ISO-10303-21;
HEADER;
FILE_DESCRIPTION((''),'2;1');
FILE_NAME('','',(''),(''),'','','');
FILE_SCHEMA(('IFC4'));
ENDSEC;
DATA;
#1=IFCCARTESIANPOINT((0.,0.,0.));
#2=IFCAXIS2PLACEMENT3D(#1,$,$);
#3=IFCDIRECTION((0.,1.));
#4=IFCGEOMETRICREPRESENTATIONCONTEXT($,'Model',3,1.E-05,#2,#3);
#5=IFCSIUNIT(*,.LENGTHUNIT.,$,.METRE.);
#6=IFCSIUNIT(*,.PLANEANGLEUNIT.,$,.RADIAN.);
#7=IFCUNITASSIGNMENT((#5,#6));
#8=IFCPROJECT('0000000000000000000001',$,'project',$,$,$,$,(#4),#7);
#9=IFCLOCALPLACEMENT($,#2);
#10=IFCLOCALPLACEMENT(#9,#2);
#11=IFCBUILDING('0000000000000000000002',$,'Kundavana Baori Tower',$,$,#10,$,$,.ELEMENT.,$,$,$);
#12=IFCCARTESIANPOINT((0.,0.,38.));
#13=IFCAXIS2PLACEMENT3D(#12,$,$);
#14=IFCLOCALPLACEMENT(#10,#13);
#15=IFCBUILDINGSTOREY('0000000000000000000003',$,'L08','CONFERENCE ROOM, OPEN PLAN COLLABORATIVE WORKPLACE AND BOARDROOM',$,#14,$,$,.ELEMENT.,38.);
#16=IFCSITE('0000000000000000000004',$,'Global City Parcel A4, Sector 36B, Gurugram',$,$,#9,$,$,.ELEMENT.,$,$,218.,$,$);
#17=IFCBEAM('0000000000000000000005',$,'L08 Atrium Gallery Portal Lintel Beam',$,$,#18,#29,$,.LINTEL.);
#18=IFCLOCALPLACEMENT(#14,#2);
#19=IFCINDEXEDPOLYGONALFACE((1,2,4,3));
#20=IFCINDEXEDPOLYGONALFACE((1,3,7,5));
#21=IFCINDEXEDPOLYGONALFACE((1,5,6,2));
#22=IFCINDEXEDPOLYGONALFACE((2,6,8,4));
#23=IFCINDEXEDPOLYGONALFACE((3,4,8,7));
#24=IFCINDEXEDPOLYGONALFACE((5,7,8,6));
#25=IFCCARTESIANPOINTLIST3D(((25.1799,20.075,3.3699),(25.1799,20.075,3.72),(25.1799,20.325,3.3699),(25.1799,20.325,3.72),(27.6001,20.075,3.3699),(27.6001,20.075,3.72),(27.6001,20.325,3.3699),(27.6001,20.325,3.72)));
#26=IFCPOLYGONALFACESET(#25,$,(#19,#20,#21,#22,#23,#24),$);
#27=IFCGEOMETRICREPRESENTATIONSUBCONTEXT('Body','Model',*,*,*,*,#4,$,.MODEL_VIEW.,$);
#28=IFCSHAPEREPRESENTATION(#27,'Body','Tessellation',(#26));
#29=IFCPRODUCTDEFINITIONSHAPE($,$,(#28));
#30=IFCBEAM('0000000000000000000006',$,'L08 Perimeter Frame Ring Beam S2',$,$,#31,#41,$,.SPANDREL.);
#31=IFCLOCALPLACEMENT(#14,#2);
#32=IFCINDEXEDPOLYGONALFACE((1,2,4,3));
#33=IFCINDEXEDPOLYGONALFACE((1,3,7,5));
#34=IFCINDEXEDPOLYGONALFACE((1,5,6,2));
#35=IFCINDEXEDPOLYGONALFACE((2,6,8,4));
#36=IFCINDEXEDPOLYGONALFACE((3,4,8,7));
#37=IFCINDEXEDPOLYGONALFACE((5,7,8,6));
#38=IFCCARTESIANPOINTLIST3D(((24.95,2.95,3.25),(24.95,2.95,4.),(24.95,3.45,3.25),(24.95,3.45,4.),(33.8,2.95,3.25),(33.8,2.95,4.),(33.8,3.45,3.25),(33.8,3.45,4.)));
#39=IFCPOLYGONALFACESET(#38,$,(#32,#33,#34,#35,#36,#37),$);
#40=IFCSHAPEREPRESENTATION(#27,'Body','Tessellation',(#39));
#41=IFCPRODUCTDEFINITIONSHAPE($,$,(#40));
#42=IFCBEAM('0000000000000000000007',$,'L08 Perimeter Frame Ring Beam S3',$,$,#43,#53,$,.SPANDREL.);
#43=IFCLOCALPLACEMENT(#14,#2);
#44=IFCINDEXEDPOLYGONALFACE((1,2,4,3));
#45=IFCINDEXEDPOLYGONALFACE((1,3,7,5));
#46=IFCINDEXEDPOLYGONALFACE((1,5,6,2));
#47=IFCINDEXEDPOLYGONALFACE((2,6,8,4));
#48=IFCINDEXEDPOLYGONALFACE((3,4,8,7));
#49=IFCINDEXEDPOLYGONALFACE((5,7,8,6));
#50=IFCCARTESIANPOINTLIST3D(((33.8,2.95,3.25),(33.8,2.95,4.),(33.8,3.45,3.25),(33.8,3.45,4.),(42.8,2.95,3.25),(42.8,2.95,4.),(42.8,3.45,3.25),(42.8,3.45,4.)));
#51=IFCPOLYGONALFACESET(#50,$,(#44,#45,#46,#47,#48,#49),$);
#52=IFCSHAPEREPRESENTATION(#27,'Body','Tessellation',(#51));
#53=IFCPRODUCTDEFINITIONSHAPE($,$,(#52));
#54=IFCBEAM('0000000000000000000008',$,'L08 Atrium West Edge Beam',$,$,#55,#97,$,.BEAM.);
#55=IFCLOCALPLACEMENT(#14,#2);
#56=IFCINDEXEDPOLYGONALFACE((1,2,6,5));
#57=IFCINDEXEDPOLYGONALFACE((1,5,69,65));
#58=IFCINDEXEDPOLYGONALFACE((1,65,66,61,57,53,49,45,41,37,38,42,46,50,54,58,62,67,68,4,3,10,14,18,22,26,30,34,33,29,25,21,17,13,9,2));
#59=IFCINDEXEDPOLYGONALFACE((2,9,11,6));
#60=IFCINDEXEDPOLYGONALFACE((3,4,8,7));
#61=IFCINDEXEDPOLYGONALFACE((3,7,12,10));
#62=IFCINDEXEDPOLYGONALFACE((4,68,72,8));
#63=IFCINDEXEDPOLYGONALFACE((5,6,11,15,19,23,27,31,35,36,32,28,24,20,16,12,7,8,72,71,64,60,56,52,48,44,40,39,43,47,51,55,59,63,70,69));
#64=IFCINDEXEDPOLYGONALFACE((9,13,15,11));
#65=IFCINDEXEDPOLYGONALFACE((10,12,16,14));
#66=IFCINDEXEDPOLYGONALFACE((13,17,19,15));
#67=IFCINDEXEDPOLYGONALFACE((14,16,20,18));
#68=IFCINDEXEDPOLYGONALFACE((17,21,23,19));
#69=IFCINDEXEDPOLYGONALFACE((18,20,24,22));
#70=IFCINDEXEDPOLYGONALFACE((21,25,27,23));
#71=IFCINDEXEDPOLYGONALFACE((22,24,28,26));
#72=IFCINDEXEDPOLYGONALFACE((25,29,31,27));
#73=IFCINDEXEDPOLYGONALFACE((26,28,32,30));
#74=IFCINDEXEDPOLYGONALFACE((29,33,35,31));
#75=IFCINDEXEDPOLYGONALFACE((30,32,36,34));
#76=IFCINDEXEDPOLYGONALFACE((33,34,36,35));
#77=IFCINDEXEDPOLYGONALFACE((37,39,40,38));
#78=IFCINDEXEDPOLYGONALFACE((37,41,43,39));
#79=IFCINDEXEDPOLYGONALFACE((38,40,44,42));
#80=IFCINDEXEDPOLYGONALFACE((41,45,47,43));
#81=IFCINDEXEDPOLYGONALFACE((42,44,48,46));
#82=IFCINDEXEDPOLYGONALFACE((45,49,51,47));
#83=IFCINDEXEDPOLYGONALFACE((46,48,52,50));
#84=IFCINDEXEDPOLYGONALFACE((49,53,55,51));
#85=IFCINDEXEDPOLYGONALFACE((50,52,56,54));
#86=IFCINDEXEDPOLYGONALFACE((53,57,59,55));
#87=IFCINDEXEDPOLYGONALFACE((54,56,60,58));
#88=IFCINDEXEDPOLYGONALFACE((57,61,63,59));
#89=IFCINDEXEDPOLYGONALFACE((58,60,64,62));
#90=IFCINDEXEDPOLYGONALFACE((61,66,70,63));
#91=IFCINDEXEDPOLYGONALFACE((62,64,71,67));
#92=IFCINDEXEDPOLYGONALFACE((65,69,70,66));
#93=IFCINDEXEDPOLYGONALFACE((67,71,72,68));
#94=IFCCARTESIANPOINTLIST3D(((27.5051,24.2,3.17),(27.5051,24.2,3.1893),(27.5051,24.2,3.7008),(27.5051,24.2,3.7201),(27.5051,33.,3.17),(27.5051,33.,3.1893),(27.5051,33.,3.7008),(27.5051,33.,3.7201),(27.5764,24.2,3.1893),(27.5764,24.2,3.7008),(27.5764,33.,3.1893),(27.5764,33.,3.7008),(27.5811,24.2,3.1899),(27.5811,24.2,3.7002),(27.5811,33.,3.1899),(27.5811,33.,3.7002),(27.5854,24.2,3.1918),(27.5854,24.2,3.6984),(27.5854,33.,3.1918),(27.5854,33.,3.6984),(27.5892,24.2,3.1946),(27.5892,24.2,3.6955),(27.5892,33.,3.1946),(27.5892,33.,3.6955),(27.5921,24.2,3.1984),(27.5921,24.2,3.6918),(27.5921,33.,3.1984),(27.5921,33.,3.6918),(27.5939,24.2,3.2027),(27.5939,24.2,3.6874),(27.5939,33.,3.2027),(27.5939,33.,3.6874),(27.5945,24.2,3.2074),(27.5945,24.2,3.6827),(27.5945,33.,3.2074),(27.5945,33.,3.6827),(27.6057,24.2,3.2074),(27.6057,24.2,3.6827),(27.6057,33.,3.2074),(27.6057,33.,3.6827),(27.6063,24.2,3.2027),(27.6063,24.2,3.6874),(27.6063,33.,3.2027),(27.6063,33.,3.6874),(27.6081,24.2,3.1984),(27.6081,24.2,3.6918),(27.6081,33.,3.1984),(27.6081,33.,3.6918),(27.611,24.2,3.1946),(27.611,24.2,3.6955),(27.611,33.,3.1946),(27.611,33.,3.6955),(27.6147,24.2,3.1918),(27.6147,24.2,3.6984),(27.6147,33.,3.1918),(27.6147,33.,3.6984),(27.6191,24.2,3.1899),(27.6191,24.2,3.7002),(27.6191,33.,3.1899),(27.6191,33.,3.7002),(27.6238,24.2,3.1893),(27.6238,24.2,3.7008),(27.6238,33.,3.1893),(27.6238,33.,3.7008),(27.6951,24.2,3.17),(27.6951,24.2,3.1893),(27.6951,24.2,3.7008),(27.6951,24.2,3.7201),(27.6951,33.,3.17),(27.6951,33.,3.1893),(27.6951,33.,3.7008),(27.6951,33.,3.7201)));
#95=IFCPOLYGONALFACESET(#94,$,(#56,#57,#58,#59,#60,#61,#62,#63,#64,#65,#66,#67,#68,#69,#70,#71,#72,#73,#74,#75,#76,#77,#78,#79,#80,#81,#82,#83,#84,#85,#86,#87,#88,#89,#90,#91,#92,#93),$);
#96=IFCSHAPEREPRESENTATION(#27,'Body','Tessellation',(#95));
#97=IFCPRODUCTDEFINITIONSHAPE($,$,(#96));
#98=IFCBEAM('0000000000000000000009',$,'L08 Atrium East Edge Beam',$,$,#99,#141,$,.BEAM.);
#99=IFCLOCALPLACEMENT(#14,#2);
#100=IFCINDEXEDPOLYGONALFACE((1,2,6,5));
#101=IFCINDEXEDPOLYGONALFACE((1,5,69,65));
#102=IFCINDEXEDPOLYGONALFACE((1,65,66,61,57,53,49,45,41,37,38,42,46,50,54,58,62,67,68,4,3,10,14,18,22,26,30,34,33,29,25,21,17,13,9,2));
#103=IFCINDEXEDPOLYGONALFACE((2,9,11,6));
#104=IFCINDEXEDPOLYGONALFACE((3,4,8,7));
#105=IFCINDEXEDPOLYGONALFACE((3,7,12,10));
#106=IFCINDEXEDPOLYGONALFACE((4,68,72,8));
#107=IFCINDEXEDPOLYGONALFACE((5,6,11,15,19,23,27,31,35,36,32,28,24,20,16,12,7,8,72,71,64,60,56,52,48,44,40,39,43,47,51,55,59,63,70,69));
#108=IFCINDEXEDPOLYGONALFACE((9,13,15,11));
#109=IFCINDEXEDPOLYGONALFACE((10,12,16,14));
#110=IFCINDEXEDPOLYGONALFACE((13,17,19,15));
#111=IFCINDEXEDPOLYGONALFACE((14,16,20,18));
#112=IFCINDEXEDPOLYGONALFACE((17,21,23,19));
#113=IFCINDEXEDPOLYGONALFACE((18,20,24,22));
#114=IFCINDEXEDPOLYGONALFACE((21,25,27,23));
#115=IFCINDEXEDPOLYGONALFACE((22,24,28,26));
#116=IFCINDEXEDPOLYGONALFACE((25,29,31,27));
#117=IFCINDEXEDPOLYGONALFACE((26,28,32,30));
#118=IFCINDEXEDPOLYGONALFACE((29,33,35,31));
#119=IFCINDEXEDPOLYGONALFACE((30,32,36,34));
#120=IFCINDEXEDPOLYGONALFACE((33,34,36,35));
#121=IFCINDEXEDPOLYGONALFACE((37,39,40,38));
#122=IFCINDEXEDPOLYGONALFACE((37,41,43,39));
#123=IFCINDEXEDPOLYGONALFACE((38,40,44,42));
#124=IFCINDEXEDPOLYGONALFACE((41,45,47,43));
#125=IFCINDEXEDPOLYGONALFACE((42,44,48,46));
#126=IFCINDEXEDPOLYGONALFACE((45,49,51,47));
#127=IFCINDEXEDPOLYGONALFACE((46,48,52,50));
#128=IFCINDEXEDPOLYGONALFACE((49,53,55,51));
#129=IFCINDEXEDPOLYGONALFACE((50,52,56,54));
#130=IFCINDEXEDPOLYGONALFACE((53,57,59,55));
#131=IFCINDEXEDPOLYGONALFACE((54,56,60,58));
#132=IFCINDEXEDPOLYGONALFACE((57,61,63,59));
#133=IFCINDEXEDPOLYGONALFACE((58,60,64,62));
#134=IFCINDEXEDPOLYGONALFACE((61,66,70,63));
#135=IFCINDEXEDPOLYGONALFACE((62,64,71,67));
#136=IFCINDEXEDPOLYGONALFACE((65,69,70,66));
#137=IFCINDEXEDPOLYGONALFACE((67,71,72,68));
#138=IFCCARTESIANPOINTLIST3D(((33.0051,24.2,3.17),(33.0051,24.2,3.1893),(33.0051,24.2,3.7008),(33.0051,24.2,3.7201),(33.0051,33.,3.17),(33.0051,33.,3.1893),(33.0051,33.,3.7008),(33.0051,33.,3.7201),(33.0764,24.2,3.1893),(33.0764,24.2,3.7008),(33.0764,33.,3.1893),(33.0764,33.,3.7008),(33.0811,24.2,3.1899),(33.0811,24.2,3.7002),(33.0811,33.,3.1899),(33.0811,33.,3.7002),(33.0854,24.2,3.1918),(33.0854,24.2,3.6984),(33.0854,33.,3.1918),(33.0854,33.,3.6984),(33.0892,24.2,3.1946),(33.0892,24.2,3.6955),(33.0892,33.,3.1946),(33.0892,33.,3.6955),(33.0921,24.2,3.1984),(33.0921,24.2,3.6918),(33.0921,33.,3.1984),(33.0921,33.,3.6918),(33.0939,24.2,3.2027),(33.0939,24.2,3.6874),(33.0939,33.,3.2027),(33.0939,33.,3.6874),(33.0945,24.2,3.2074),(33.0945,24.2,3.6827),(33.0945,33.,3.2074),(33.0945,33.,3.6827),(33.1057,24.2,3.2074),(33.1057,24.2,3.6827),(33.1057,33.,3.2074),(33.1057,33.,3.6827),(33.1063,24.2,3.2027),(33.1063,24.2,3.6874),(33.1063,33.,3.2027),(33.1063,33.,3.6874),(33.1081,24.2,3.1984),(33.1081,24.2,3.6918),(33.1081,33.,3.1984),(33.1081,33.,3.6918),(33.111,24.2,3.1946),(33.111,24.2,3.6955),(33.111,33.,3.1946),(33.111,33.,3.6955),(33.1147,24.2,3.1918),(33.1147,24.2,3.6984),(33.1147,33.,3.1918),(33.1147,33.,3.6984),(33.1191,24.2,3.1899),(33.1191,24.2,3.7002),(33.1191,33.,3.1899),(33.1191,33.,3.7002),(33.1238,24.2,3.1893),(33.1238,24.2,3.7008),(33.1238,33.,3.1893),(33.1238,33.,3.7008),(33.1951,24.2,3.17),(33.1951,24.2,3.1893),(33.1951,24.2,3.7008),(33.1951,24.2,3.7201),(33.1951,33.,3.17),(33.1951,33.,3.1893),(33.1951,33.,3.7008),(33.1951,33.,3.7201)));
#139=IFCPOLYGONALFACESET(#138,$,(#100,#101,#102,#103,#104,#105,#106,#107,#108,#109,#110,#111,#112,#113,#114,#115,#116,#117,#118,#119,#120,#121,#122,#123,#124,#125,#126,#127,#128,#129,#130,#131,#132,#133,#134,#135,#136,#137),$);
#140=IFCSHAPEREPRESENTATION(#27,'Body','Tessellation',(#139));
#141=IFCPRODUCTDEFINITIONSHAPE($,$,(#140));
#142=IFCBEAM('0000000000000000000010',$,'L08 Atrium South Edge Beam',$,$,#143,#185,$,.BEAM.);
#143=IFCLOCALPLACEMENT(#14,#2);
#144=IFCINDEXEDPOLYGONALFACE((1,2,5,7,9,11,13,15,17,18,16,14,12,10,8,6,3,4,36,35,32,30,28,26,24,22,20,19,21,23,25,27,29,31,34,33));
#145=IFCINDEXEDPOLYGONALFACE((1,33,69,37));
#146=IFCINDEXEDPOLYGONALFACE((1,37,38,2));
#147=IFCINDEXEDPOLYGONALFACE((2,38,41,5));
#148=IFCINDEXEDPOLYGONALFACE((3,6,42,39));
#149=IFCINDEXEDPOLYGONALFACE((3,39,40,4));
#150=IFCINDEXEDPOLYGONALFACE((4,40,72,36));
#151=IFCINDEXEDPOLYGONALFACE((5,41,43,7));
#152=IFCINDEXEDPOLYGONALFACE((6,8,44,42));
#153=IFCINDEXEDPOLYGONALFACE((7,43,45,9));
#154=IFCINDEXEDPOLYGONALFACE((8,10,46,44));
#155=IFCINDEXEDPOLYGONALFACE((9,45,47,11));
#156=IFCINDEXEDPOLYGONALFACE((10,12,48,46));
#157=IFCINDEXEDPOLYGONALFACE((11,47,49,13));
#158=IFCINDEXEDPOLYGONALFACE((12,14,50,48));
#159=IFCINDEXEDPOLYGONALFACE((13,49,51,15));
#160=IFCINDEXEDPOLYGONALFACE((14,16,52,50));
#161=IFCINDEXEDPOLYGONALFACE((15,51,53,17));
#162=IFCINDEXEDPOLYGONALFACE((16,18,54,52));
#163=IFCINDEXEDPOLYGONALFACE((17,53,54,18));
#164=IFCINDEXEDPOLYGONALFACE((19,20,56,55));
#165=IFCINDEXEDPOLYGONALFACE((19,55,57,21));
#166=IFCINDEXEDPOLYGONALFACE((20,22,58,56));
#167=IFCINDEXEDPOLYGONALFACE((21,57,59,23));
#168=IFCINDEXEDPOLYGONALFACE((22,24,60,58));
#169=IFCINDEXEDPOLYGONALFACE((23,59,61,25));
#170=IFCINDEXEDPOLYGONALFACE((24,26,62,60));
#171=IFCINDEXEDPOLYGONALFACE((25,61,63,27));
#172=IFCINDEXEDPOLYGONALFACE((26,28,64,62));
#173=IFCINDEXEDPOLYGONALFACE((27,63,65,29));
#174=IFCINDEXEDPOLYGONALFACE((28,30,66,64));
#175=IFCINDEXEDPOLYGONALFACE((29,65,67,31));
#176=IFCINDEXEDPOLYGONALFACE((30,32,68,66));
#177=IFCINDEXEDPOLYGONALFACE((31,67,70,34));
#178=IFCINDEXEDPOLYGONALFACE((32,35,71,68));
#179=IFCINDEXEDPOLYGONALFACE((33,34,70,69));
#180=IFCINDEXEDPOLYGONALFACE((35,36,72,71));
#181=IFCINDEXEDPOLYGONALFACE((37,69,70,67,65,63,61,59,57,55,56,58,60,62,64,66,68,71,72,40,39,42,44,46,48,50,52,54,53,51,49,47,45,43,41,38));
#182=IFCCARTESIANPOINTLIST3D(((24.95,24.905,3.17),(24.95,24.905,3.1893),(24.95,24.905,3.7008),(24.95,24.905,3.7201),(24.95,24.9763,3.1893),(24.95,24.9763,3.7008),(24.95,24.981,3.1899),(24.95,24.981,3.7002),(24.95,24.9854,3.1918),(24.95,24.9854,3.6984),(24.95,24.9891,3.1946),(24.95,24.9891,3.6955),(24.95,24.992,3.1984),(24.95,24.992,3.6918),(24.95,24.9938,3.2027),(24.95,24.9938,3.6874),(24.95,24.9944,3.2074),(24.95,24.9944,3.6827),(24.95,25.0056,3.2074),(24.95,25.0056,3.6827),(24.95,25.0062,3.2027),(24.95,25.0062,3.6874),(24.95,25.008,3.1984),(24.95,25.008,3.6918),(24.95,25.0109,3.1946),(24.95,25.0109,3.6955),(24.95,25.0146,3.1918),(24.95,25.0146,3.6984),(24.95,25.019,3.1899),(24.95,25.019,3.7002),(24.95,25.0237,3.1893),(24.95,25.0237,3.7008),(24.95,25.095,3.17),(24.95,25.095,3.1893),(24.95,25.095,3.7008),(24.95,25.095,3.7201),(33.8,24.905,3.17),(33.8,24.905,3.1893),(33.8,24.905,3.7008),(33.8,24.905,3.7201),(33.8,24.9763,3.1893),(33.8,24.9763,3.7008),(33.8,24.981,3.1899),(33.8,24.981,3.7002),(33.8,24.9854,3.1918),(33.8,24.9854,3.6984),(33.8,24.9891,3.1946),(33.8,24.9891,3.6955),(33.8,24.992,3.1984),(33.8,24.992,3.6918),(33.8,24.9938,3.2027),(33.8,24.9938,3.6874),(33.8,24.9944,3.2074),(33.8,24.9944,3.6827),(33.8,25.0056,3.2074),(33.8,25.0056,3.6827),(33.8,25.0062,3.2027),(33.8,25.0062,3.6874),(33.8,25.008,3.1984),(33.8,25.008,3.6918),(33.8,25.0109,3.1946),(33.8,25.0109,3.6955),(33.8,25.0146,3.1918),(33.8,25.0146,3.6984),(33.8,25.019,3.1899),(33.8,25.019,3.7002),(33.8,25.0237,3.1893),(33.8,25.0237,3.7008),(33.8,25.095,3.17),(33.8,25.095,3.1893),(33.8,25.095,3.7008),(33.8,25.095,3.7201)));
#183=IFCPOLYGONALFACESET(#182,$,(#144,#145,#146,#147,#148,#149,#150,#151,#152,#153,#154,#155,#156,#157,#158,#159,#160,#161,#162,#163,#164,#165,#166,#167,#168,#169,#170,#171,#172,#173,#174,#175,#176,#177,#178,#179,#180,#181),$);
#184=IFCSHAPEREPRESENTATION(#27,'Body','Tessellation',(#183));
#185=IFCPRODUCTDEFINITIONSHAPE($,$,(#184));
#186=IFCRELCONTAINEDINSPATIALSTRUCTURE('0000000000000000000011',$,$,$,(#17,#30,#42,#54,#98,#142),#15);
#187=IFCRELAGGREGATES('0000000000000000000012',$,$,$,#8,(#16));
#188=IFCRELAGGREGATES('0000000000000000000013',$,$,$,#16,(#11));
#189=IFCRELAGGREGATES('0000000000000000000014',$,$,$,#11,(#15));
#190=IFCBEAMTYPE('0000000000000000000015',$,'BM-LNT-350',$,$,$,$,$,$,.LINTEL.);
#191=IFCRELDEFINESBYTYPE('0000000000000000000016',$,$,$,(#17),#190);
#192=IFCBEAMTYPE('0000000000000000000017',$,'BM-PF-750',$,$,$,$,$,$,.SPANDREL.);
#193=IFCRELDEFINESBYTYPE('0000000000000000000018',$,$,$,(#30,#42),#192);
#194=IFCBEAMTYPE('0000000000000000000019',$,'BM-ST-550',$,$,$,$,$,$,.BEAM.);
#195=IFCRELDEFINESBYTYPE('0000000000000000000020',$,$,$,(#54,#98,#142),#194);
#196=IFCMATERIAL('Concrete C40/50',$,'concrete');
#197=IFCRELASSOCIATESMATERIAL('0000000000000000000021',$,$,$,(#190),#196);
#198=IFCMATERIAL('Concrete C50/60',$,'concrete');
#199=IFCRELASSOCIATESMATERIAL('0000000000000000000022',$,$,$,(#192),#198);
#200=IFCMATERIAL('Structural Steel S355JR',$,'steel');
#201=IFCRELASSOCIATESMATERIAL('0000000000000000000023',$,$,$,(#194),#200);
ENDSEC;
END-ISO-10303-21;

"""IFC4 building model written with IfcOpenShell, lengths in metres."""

from ifc_helpers import new_model, si_unit, direction, frame, origin, origin_2d, place, context, subcontext, project, spatial, rectangle, i_section, extrude, material, material_profile, profile_set, type_object, element, save


model = new_model("IFC4")

# Units and contexts
model_context = context("Model", 3, precision=1e-05, world=origin(), true_north=direction((0.0, 1.0)))
body_context = subcontext(model_context, "Body", "Model", "MODEL_VIEW")
ifc_project = project(units=[si_unit("LENGTHUNIT", "METRE"), si_unit("PLANEANGLEUNIT", "RADIAN")], contexts=[model_context])

# Site, building, storey
site_placement = place(None, origin())
site = spatial("IfcSite", under=ifc_project, at=site_placement, Name="Global City Parcel A4, Sector 36B, Gurugram", CompositionType="ELEMENT", RefElevation=218.0)
building_placement = place(site_placement, origin())
building = spatial("IfcBuilding", under=site, at=building_placement, Name="Kundavana Baori Tower", CompositionType="ELEMENT")
storey_placement = place(building_placement, frame((0.0, 0.0, 38.0)))
storey = spatial("IfcBuildingStorey", under=building, at=storey_placement, Name="L08", Description="CONFERENCE ROOM, OPEN PLAN COLLABORATIVE WORKPLACE AND BOARDROOM", CompositionType="ELEMENT", Elevation=38.0)

# Beams
ifc_material_1 = material(Name="Concrete C40/50", Category="concrete")
ifc_material_profile_1 = material_profile(ifc_material_1, rectangle(XDim=0.25, YDim=0.3501, at=origin_2d()), Name="RC LNT 250x350")
ifc_profile_set_1 = profile_set([ifc_material_profile_1], Name="Concrete C40/50")
beam_type_1 = type_object("IfcBeamType", Name="BM-LNT-350", PredefinedType="LINTEL", material=ifc_profile_set_1)
beam_1_placement = place(storey_placement, frame((25.1799, 20.2, 3.5449), z_axis=(1.0, 0.0, 0.0), x_axis=(0.0, 1.0, 0.0)))
element("IfcBeam", 1, at=beam_1_placement, inside=storey, type_object=beam_type_1, Name="L08 Atrium Gallery Portal Lintel Beam", PredefinedType="LINTEL", context=body_context, shape_type="SweptSolid", body=[
    extrude(rectangle(XDim=0.25, YDim=0.3501, at=origin_2d()), origin(), (0.0, 0.0, 1.0), 2.4202),
])
ifc_material_2 = material(Name="Concrete C50/60", Category="concrete")
ifc_material_profile_2 = material_profile(ifc_material_2, rectangle(XDim=0.5, YDim=0.75, at=origin_2d()), Name="RC BM 500x750")
ifc_profile_set_2 = profile_set([ifc_material_profile_2], Name="Concrete C50/60")
beam_type_2 = type_object("IfcBeamType", Name="BM-PF-750", PredefinedType="SPANDREL", material=ifc_profile_set_2)
beam_2_placement = place(storey_placement, frame((24.95, 3.2, 3.625), z_axis=(1.0, 0.0, 0.0), x_axis=(0.0, 1.0, 0.0)))
element("IfcBeam", 2, at=beam_2_placement, inside=storey, type_object=beam_type_2, Name="L08 Perimeter Frame Ring Beam S2", PredefinedType="SPANDREL", context=body_context, shape_type="SweptSolid", body=[
    extrude(rectangle(XDim=0.5, YDim=0.75, at=origin_2d()), origin(), (0.0, 0.0, 1.0), 8.8501),
])
beam_3_placement = place(storey_placement, frame((33.8, 3.2, 3.625), z_axis=(1.0, 0.0, 0.0), x_axis=(0.0, 1.0, 0.0)))
element("IfcBeam", 3, at=beam_3_placement, inside=storey, type_object=beam_type_2, Name="L08 Perimeter Frame Ring Beam S3", PredefinedType="SPANDREL", context=body_context, shape_type="SweptSolid", body=[
    extrude(rectangle(XDim=0.5, YDim=0.75, at=origin_2d()), origin(), (0.0, 0.0, 1.0), 9.0),
])
ifc_material_3 = material(Name="Structural Steel S355JR", Category="steel")
ifc_material_profile_3 = material_profile(ifc_material_3, i_section(OverallWidth=0.1899, OverallDepth=0.55, WebThickness=0.0112, FlangeThickness=0.0193, FilletRadius=0.0181, at=origin_2d()), Name="ISMB 550")
ifc_profile_set_3 = profile_set([ifc_material_profile_3], Name="Structural Steel S355JR")
beam_type_3 = type_object("IfcBeamType", Name="BM-ST-550", PredefinedType="BEAM", material=ifc_profile_set_3)
for number, where, z_axis, x_axis, name in (
    (4, (27.6001, 24.2, 3.4451), (0.0, 1.0, 0.0), (-1.0, 0.0, 0.0), "L08 Atrium West Edge Beam"),
    (5, (33.1001, 24.2, 3.4451), (0.0, 1.0, 0.0), (-1.0, 0.0, 0.0), "L08 Atrium East Edge Beam"),
):
    element("IfcBeam", number, at=place(storey_placement, frame(where, z_axis=z_axis, x_axis=x_axis)), inside=storey, type_object=beam_type_3, Name=name, PredefinedType="BEAM", context=body_context, shape_type="SweptSolid", body=[
        extrude(i_section(OverallWidth=0.1899, OverallDepth=0.55, WebThickness=0.0112, FlangeThickness=0.0193, FilletRadius=0.0181, at=origin_2d()), origin(), (0.0, 0.0, 1.0), 8.8),
    ])
beam_4_placement = place(storey_placement, frame((24.95, 25.0, 3.4451), z_axis=(1.0, 0.0, 0.0), x_axis=(0.0, 1.0, 0.0)))
element("IfcBeam", 6, at=beam_4_placement, inside=storey, type_object=beam_type_3, Name="L08 Atrium South Edge Beam", PredefinedType="BEAM", context=body_context, shape_type="SweptSolid", body=[
    extrude(i_section(OverallWidth=0.1899, OverallDepth=0.55, WebThickness=0.0112, FlangeThickness=0.0193, FilletRadius=0.0181, at=origin_2d()), origin(), (0.0, 0.0, 1.0), 8.8501),
])

save(model, "model.ifc")
